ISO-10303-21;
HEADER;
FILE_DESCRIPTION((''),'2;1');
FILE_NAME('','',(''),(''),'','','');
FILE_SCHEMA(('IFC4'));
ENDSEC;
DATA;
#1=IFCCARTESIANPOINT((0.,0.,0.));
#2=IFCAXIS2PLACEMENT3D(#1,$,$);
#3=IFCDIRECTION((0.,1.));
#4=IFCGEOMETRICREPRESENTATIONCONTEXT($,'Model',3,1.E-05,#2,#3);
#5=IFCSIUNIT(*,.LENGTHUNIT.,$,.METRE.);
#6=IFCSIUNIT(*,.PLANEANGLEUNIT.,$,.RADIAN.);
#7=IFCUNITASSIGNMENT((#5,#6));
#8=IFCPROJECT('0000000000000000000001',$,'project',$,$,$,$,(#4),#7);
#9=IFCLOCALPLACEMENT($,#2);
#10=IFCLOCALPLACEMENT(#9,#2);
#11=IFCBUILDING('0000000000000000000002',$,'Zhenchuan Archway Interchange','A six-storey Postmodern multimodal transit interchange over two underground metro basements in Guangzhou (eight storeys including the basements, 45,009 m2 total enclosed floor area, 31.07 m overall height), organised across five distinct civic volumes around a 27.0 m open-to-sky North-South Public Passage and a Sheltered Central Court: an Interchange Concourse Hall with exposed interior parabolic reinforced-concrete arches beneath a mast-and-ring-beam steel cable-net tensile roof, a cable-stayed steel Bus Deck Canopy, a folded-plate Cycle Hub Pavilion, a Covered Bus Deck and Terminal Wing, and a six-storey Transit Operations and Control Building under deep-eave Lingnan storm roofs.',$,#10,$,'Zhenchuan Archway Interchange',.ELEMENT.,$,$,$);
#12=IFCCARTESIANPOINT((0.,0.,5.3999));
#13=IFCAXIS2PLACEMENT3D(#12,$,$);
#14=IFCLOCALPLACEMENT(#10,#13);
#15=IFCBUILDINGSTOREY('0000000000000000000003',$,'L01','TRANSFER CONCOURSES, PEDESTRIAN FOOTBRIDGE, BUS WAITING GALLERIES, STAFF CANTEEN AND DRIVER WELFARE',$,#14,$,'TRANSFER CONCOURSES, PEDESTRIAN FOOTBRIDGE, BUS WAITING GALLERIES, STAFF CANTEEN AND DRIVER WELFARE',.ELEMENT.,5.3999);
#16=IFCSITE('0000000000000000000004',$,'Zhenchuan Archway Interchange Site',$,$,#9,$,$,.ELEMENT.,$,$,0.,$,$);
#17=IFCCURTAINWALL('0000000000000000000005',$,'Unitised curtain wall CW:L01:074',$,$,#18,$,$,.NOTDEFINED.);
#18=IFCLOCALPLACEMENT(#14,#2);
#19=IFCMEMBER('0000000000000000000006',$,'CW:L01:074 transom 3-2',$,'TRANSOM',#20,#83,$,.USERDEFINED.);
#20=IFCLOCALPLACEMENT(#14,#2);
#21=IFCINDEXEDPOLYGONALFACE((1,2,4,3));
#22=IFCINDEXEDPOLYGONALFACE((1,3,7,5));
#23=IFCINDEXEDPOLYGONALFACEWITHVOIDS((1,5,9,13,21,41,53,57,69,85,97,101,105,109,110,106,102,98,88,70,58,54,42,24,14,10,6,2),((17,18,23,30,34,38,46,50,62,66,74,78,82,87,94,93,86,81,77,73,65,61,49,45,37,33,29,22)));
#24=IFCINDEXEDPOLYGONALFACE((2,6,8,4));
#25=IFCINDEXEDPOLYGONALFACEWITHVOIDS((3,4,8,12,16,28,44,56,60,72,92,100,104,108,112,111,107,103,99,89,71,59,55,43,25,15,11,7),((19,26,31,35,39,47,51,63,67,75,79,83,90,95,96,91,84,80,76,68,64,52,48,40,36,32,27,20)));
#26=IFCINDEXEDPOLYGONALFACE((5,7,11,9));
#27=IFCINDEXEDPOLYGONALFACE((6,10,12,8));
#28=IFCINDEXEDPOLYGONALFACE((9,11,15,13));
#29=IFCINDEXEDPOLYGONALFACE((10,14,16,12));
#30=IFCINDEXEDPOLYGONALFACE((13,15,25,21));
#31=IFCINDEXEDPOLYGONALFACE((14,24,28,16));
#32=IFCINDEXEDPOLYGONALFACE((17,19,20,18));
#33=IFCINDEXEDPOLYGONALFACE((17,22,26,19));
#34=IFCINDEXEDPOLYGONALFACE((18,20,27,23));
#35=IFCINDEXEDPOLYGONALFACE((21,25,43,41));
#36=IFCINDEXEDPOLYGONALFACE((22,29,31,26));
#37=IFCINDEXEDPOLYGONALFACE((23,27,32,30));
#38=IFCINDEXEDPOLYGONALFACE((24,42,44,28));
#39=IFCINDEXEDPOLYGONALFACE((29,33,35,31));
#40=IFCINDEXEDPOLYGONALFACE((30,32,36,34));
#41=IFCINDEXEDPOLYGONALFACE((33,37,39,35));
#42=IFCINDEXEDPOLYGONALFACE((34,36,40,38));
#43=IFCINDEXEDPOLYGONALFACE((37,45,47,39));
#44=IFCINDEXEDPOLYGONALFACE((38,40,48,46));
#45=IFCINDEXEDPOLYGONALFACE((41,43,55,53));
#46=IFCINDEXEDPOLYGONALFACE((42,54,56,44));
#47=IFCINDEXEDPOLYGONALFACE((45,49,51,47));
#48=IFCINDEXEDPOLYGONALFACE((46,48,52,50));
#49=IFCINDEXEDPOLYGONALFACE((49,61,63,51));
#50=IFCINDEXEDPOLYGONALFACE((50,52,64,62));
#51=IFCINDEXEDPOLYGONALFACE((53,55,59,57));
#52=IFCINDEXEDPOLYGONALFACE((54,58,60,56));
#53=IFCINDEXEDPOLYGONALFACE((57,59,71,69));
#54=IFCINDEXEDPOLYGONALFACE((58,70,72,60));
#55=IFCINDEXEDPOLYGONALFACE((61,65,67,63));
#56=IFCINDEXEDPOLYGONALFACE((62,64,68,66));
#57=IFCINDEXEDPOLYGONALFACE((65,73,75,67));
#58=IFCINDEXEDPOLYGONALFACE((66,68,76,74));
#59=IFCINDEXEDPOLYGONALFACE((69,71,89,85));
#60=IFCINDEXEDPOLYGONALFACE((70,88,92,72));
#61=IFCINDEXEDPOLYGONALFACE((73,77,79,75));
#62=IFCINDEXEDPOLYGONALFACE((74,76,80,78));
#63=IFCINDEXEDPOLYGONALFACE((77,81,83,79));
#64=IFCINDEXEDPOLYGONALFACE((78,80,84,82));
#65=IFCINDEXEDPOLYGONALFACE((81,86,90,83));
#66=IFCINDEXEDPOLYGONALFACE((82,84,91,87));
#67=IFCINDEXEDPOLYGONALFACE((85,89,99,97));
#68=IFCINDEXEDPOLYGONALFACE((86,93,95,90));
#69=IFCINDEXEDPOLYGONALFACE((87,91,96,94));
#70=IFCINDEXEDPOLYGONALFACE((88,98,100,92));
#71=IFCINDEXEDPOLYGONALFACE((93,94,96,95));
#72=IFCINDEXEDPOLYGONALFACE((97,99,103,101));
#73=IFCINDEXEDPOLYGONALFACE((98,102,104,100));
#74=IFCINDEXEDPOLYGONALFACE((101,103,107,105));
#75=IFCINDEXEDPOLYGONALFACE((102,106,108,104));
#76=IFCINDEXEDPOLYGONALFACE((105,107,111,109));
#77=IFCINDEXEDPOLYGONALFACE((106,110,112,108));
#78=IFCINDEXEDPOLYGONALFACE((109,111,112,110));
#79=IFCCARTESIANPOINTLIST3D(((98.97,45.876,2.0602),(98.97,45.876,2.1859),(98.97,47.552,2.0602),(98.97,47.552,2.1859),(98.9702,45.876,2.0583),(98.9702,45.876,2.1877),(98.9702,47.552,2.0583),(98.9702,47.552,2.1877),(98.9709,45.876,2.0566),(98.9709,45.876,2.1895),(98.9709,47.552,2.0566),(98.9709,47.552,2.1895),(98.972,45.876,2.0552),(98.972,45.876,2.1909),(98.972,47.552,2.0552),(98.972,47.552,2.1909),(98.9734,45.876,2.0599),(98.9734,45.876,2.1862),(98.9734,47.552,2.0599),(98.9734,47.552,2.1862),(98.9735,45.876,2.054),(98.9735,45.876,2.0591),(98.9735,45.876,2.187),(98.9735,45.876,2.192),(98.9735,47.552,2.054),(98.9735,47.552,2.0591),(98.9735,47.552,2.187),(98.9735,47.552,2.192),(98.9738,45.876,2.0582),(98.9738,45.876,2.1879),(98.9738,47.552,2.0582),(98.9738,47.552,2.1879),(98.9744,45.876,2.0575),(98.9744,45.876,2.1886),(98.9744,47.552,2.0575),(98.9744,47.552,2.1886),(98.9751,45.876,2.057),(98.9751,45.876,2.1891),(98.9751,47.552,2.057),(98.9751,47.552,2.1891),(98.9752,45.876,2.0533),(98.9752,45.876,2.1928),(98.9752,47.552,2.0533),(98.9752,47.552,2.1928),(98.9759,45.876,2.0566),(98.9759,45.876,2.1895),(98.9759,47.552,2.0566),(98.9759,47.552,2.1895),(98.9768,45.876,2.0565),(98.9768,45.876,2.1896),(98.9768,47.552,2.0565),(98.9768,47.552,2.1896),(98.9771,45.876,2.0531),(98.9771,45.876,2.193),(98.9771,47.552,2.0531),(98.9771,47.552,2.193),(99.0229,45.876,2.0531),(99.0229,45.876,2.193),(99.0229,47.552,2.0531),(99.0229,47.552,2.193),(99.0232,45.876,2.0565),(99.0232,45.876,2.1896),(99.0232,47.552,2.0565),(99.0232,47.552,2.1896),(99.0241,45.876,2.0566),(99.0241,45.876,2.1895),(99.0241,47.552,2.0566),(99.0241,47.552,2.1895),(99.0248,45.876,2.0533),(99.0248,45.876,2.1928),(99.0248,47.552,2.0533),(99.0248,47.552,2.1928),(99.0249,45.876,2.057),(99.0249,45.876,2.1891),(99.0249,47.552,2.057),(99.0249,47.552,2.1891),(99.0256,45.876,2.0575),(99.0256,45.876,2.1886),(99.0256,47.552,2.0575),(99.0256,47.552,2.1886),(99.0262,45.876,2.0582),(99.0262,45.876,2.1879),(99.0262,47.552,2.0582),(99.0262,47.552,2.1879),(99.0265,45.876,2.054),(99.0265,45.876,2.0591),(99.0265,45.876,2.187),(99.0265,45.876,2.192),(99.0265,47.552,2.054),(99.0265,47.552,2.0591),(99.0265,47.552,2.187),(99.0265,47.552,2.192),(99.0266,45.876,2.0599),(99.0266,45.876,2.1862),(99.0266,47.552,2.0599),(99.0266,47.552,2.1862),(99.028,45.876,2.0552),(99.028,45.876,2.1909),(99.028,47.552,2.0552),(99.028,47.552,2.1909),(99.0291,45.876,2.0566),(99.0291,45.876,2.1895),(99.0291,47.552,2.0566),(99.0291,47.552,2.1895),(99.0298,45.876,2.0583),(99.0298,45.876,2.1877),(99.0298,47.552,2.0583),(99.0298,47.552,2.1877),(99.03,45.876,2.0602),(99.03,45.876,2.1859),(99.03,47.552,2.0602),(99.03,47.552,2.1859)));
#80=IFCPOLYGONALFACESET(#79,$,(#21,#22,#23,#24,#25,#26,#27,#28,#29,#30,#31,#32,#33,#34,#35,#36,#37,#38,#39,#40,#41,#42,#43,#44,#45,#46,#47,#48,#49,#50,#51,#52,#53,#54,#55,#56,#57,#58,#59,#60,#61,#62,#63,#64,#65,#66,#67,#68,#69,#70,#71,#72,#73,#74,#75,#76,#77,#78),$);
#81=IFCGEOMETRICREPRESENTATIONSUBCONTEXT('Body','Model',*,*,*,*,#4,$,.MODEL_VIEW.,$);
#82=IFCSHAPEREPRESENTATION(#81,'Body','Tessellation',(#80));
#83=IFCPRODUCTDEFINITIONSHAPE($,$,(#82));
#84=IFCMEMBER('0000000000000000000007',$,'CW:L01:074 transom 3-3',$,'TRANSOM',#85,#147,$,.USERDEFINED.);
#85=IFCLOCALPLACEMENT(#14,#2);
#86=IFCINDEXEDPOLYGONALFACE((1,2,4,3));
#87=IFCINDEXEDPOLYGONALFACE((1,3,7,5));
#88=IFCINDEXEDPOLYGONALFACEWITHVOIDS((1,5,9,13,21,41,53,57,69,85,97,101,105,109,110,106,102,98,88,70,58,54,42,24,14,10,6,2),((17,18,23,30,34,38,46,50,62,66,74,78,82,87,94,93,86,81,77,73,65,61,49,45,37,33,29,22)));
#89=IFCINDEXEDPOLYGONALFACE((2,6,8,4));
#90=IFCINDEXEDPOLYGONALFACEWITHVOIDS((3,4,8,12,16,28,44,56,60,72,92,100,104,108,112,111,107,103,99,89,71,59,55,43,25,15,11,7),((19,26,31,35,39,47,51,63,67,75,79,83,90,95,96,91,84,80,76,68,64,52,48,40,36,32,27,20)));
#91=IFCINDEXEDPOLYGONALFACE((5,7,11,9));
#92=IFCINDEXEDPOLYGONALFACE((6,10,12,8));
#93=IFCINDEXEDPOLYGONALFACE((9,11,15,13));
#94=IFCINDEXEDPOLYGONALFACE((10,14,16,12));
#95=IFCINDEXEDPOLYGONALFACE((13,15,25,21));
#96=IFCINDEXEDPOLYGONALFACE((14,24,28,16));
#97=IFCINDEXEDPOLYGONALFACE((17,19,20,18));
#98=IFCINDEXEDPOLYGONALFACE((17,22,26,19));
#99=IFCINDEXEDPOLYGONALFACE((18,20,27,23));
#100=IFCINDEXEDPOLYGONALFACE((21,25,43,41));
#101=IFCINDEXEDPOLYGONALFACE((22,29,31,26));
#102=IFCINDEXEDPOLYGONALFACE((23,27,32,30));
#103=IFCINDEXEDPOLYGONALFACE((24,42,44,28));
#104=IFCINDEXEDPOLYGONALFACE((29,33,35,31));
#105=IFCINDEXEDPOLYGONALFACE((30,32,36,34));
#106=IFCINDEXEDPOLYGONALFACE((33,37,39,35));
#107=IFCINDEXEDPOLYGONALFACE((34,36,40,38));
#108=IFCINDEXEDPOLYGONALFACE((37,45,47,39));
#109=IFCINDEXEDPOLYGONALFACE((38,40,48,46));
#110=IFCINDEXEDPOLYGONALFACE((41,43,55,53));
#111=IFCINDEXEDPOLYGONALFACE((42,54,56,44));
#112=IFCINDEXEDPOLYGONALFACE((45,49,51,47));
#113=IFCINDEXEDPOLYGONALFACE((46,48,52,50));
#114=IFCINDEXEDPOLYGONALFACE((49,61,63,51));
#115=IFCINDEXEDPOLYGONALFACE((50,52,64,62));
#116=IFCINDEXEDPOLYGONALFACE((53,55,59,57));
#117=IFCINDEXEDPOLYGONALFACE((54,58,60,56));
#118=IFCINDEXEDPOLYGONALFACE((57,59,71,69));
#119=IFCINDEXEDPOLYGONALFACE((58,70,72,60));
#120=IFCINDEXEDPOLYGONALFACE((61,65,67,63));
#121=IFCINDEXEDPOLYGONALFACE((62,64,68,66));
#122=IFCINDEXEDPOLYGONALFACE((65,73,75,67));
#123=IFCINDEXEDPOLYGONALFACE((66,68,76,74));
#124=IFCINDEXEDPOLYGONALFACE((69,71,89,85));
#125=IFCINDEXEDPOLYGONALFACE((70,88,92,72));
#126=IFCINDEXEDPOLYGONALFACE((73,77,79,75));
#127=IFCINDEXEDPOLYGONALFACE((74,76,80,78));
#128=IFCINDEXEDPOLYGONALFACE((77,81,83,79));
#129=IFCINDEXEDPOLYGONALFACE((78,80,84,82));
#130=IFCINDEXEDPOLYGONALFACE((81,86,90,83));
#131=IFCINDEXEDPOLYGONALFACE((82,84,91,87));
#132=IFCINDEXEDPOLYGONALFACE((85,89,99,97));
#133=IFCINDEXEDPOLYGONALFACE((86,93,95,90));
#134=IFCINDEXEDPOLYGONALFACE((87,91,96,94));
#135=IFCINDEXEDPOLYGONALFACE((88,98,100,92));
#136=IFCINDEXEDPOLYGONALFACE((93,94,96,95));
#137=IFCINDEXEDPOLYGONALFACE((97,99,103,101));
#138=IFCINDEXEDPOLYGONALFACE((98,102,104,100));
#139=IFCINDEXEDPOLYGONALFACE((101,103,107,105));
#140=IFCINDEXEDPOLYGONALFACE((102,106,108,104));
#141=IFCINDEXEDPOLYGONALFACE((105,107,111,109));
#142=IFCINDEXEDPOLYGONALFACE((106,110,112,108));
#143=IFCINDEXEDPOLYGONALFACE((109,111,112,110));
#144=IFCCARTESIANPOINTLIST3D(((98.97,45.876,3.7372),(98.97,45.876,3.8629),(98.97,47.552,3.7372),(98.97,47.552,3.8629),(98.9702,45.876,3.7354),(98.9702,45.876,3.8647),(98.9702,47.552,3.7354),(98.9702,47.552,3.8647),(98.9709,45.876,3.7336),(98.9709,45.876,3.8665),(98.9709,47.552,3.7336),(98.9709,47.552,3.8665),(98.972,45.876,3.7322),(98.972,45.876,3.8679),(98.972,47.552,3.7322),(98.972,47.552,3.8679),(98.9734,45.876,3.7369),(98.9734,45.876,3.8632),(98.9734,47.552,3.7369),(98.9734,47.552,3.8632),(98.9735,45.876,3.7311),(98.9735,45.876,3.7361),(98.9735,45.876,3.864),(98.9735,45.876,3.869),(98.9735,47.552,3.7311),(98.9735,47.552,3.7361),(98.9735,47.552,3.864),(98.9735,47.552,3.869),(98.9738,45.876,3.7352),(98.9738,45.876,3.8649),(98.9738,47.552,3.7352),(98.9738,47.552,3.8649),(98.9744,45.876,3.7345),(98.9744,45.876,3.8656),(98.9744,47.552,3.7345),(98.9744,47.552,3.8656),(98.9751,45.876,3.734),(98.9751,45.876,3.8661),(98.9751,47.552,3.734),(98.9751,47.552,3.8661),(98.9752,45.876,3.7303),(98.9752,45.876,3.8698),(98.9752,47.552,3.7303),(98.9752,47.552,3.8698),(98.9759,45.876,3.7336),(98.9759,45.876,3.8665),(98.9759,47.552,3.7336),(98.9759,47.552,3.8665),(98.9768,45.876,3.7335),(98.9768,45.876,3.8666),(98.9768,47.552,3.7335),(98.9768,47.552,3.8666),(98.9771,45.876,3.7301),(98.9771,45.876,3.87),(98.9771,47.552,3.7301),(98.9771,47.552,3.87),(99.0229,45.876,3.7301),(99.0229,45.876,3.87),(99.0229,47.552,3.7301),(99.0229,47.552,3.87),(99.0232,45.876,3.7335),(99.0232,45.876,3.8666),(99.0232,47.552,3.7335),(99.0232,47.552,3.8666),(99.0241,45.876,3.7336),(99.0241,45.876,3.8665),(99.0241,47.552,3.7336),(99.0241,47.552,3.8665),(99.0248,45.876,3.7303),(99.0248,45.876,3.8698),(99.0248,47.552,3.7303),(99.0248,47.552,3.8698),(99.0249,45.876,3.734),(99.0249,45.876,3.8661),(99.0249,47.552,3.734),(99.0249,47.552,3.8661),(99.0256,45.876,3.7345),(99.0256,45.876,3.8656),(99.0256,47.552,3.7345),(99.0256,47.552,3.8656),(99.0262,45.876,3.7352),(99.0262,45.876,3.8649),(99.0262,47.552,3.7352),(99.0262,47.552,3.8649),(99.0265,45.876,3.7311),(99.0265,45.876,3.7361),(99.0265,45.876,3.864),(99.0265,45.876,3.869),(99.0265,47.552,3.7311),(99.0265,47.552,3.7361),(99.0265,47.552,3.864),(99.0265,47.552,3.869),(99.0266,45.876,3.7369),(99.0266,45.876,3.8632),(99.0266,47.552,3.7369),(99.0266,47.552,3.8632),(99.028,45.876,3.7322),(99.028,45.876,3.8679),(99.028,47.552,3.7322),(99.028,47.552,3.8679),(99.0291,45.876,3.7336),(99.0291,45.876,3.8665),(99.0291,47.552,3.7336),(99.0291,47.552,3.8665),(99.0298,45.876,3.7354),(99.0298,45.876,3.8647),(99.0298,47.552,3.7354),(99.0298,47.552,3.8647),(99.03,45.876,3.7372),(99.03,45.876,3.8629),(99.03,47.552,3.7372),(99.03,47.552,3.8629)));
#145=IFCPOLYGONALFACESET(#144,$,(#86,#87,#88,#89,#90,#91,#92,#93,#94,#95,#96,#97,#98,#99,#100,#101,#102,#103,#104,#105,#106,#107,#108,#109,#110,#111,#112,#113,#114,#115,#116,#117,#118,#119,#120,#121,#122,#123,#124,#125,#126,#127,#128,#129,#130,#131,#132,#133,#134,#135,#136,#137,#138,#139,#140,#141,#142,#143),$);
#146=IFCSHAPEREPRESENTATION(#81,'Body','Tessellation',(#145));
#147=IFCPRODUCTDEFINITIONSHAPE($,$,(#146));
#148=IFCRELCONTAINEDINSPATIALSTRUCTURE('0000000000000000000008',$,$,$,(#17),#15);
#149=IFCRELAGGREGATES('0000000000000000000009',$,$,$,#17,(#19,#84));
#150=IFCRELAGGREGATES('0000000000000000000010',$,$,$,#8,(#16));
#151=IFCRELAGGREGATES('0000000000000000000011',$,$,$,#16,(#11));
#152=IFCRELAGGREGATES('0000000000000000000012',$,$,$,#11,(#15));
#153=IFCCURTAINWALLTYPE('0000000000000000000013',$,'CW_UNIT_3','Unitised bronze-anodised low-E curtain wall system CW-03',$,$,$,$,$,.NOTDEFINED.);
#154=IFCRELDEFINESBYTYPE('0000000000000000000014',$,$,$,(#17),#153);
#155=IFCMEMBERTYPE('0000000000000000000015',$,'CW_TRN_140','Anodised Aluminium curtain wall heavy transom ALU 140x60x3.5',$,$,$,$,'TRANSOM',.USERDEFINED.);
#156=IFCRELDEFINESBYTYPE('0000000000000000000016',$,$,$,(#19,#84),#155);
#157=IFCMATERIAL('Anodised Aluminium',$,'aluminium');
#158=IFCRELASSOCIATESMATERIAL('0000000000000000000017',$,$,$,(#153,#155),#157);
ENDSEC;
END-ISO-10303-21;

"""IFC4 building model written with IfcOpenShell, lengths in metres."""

from ifc_helpers import new_model, si_unit, direction, frame, origin, origin_2d, place, context, subcontext, project, spatial, hollow_rectangle, extrude, material, material_profile, profile_set, type_object, element, aggregate, save


model = new_model("IFC4")

# Units and contexts
model_context = context("Model", 3, precision=1e-05, world=origin(), true_north=direction((0.0, 1.0)))
body_context = subcontext(model_context, "Body", "Model", "MODEL_VIEW")
ifc_project = project(units=[si_unit("LENGTHUNIT", "METRE"), si_unit("PLANEANGLEUNIT", "RADIAN")], contexts=[model_context])

# Site, building, storey
site_placement = place(None, origin())
site = spatial("IfcSite", under=ifc_project, at=site_placement, Name="Zhenchuan Archway Interchange Site", CompositionType="ELEMENT", RefElevation=0.0)
building_placement = place(site_placement, origin())
building = spatial("IfcBuilding", under=site, at=building_placement, Name="Zhenchuan Archway Interchange", Description="A six-storey Postmodern multimodal transit interchange over two underground metro basements in Guangzhou (eight storeys including the basements, 45,009 m2 total enclosed floor area, 31.07 m overall height), organised across five distinct civic volumes around a 27.0 m open-to-sky North-South Public Passage and a Sheltered Central Court: an Interchange Concourse Hall with exposed interior parabolic reinforced-concrete arches beneath a mast-and-ring-beam steel cable-net tensile roof, a cable-stayed steel Bus Deck Canopy, a folded-plate Cycle Hub Pavilion, a Covered Bus Deck and Terminal Wing, and a six-storey Transit Operations and Control Building under deep-eave Lingnan storm roofs.", LongName="Zhenchuan Archway Interchange", CompositionType="ELEMENT")
storey_placement = place(building_placement, frame((0.0, 0.0, 5.3999)))
storey = spatial("IfcBuildingStorey", under=building, at=storey_placement, Name="L01", Description="TRANSFER CONCOURSES, PEDESTRIAN FOOTBRIDGE, BUS WAITING GALLERIES, STAFF CANTEEN AND DRIVER WELFARE", LongName="TRANSFER CONCOURSES, PEDESTRIAN FOOTBRIDGE, BUS WAITING GALLERIES, STAFF CANTEEN AND DRIVER WELFARE", CompositionType="ELEMENT", Elevation=5.3999)

# Curtain wall
ifc_material_1 = material(Name="Anodised Aluminium", Category="aluminium")
curtain_wall_type_1 = type_object("IfcCurtainWallType", Name="CW_UNIT_3", Description="Unitised bronze-anodised low-E curtain wall system CW-03", PredefinedType="NOTDEFINED", material=ifc_material_1)
curtain_wall_1_placement = place(storey_placement, origin())
curtain_wall_1 = element("IfcCurtainWall", 1, at=curtain_wall_1_placement, inside=storey, type_object=curtain_wall_type_1, Name="Unitised curtain wall CW:L01:074", PredefinedType="NOTDEFINED")

# Members
ifc_material_profile_1 = material_profile(ifc_material_1, hollow_rectangle(XDim=0.0601, YDim=0.1399, WallThickness=0.0034, InnerFilletRadius=0.0034, OuterFilletRadius=0.0071, at=origin_2d()), Name="ALU 140x60x3.5")
ifc_profile_set_1 = profile_set([ifc_material_profile_1], Name="Anodised Aluminium")
member_type_1 = type_object("IfcMemberType", Name="CW_TRN_140", Description="Anodised Aluminium curtain wall heavy transom ALU 140x60x3.5", ElementType="TRANSOM", PredefinedType="USERDEFINED", material=ifc_profile_set_1)
member_1_placement = place(storey_placement, frame((99.0, 45.876, 2.123), z_axis=(0.0, 1.0, 0.0), x_axis=(-1.0, 0.0, 0.0)))
member_1 = element("IfcMember", 2, at=member_1_placement, type_object=member_type_1, Name="CW:L01:074 transom 3-2", ObjectType="TRANSOM", PredefinedType="USERDEFINED", context=body_context, shape_type="SweptSolid", body=[
    extrude(hollow_rectangle(XDim=0.0601, YDim=0.1399, WallThickness=0.0034, InnerFilletRadius=0.0034, OuterFilletRadius=0.0071, at=origin_2d()), origin(), (0.0, 0.0, 1.0), 1.676),
])
member_2_placement = place(storey_placement, frame((99.0, 45.876, 3.8), z_axis=(0.0, 1.0, 0.0), x_axis=(-1.0, 0.0, 0.0)))
member_2 = element("IfcMember", 3, at=member_2_placement, type_object=member_type_1, Name="CW:L01:074 transom 3-3", ObjectType="TRANSOM", PredefinedType="USERDEFINED", context=body_context, shape_type="SweptSolid", body=[
    extrude(hollow_rectangle(XDim=0.0601, YDim=0.1399, WallThickness=0.0034, InnerFilletRadius=0.0034, OuterFilletRadius=0.0071, at=origin_2d()), origin(), (0.0, 0.0, 1.0), 1.676),
])

aggregate(curtain_wall_1, [member_1, member_2])

save(model, "model.ifc")
